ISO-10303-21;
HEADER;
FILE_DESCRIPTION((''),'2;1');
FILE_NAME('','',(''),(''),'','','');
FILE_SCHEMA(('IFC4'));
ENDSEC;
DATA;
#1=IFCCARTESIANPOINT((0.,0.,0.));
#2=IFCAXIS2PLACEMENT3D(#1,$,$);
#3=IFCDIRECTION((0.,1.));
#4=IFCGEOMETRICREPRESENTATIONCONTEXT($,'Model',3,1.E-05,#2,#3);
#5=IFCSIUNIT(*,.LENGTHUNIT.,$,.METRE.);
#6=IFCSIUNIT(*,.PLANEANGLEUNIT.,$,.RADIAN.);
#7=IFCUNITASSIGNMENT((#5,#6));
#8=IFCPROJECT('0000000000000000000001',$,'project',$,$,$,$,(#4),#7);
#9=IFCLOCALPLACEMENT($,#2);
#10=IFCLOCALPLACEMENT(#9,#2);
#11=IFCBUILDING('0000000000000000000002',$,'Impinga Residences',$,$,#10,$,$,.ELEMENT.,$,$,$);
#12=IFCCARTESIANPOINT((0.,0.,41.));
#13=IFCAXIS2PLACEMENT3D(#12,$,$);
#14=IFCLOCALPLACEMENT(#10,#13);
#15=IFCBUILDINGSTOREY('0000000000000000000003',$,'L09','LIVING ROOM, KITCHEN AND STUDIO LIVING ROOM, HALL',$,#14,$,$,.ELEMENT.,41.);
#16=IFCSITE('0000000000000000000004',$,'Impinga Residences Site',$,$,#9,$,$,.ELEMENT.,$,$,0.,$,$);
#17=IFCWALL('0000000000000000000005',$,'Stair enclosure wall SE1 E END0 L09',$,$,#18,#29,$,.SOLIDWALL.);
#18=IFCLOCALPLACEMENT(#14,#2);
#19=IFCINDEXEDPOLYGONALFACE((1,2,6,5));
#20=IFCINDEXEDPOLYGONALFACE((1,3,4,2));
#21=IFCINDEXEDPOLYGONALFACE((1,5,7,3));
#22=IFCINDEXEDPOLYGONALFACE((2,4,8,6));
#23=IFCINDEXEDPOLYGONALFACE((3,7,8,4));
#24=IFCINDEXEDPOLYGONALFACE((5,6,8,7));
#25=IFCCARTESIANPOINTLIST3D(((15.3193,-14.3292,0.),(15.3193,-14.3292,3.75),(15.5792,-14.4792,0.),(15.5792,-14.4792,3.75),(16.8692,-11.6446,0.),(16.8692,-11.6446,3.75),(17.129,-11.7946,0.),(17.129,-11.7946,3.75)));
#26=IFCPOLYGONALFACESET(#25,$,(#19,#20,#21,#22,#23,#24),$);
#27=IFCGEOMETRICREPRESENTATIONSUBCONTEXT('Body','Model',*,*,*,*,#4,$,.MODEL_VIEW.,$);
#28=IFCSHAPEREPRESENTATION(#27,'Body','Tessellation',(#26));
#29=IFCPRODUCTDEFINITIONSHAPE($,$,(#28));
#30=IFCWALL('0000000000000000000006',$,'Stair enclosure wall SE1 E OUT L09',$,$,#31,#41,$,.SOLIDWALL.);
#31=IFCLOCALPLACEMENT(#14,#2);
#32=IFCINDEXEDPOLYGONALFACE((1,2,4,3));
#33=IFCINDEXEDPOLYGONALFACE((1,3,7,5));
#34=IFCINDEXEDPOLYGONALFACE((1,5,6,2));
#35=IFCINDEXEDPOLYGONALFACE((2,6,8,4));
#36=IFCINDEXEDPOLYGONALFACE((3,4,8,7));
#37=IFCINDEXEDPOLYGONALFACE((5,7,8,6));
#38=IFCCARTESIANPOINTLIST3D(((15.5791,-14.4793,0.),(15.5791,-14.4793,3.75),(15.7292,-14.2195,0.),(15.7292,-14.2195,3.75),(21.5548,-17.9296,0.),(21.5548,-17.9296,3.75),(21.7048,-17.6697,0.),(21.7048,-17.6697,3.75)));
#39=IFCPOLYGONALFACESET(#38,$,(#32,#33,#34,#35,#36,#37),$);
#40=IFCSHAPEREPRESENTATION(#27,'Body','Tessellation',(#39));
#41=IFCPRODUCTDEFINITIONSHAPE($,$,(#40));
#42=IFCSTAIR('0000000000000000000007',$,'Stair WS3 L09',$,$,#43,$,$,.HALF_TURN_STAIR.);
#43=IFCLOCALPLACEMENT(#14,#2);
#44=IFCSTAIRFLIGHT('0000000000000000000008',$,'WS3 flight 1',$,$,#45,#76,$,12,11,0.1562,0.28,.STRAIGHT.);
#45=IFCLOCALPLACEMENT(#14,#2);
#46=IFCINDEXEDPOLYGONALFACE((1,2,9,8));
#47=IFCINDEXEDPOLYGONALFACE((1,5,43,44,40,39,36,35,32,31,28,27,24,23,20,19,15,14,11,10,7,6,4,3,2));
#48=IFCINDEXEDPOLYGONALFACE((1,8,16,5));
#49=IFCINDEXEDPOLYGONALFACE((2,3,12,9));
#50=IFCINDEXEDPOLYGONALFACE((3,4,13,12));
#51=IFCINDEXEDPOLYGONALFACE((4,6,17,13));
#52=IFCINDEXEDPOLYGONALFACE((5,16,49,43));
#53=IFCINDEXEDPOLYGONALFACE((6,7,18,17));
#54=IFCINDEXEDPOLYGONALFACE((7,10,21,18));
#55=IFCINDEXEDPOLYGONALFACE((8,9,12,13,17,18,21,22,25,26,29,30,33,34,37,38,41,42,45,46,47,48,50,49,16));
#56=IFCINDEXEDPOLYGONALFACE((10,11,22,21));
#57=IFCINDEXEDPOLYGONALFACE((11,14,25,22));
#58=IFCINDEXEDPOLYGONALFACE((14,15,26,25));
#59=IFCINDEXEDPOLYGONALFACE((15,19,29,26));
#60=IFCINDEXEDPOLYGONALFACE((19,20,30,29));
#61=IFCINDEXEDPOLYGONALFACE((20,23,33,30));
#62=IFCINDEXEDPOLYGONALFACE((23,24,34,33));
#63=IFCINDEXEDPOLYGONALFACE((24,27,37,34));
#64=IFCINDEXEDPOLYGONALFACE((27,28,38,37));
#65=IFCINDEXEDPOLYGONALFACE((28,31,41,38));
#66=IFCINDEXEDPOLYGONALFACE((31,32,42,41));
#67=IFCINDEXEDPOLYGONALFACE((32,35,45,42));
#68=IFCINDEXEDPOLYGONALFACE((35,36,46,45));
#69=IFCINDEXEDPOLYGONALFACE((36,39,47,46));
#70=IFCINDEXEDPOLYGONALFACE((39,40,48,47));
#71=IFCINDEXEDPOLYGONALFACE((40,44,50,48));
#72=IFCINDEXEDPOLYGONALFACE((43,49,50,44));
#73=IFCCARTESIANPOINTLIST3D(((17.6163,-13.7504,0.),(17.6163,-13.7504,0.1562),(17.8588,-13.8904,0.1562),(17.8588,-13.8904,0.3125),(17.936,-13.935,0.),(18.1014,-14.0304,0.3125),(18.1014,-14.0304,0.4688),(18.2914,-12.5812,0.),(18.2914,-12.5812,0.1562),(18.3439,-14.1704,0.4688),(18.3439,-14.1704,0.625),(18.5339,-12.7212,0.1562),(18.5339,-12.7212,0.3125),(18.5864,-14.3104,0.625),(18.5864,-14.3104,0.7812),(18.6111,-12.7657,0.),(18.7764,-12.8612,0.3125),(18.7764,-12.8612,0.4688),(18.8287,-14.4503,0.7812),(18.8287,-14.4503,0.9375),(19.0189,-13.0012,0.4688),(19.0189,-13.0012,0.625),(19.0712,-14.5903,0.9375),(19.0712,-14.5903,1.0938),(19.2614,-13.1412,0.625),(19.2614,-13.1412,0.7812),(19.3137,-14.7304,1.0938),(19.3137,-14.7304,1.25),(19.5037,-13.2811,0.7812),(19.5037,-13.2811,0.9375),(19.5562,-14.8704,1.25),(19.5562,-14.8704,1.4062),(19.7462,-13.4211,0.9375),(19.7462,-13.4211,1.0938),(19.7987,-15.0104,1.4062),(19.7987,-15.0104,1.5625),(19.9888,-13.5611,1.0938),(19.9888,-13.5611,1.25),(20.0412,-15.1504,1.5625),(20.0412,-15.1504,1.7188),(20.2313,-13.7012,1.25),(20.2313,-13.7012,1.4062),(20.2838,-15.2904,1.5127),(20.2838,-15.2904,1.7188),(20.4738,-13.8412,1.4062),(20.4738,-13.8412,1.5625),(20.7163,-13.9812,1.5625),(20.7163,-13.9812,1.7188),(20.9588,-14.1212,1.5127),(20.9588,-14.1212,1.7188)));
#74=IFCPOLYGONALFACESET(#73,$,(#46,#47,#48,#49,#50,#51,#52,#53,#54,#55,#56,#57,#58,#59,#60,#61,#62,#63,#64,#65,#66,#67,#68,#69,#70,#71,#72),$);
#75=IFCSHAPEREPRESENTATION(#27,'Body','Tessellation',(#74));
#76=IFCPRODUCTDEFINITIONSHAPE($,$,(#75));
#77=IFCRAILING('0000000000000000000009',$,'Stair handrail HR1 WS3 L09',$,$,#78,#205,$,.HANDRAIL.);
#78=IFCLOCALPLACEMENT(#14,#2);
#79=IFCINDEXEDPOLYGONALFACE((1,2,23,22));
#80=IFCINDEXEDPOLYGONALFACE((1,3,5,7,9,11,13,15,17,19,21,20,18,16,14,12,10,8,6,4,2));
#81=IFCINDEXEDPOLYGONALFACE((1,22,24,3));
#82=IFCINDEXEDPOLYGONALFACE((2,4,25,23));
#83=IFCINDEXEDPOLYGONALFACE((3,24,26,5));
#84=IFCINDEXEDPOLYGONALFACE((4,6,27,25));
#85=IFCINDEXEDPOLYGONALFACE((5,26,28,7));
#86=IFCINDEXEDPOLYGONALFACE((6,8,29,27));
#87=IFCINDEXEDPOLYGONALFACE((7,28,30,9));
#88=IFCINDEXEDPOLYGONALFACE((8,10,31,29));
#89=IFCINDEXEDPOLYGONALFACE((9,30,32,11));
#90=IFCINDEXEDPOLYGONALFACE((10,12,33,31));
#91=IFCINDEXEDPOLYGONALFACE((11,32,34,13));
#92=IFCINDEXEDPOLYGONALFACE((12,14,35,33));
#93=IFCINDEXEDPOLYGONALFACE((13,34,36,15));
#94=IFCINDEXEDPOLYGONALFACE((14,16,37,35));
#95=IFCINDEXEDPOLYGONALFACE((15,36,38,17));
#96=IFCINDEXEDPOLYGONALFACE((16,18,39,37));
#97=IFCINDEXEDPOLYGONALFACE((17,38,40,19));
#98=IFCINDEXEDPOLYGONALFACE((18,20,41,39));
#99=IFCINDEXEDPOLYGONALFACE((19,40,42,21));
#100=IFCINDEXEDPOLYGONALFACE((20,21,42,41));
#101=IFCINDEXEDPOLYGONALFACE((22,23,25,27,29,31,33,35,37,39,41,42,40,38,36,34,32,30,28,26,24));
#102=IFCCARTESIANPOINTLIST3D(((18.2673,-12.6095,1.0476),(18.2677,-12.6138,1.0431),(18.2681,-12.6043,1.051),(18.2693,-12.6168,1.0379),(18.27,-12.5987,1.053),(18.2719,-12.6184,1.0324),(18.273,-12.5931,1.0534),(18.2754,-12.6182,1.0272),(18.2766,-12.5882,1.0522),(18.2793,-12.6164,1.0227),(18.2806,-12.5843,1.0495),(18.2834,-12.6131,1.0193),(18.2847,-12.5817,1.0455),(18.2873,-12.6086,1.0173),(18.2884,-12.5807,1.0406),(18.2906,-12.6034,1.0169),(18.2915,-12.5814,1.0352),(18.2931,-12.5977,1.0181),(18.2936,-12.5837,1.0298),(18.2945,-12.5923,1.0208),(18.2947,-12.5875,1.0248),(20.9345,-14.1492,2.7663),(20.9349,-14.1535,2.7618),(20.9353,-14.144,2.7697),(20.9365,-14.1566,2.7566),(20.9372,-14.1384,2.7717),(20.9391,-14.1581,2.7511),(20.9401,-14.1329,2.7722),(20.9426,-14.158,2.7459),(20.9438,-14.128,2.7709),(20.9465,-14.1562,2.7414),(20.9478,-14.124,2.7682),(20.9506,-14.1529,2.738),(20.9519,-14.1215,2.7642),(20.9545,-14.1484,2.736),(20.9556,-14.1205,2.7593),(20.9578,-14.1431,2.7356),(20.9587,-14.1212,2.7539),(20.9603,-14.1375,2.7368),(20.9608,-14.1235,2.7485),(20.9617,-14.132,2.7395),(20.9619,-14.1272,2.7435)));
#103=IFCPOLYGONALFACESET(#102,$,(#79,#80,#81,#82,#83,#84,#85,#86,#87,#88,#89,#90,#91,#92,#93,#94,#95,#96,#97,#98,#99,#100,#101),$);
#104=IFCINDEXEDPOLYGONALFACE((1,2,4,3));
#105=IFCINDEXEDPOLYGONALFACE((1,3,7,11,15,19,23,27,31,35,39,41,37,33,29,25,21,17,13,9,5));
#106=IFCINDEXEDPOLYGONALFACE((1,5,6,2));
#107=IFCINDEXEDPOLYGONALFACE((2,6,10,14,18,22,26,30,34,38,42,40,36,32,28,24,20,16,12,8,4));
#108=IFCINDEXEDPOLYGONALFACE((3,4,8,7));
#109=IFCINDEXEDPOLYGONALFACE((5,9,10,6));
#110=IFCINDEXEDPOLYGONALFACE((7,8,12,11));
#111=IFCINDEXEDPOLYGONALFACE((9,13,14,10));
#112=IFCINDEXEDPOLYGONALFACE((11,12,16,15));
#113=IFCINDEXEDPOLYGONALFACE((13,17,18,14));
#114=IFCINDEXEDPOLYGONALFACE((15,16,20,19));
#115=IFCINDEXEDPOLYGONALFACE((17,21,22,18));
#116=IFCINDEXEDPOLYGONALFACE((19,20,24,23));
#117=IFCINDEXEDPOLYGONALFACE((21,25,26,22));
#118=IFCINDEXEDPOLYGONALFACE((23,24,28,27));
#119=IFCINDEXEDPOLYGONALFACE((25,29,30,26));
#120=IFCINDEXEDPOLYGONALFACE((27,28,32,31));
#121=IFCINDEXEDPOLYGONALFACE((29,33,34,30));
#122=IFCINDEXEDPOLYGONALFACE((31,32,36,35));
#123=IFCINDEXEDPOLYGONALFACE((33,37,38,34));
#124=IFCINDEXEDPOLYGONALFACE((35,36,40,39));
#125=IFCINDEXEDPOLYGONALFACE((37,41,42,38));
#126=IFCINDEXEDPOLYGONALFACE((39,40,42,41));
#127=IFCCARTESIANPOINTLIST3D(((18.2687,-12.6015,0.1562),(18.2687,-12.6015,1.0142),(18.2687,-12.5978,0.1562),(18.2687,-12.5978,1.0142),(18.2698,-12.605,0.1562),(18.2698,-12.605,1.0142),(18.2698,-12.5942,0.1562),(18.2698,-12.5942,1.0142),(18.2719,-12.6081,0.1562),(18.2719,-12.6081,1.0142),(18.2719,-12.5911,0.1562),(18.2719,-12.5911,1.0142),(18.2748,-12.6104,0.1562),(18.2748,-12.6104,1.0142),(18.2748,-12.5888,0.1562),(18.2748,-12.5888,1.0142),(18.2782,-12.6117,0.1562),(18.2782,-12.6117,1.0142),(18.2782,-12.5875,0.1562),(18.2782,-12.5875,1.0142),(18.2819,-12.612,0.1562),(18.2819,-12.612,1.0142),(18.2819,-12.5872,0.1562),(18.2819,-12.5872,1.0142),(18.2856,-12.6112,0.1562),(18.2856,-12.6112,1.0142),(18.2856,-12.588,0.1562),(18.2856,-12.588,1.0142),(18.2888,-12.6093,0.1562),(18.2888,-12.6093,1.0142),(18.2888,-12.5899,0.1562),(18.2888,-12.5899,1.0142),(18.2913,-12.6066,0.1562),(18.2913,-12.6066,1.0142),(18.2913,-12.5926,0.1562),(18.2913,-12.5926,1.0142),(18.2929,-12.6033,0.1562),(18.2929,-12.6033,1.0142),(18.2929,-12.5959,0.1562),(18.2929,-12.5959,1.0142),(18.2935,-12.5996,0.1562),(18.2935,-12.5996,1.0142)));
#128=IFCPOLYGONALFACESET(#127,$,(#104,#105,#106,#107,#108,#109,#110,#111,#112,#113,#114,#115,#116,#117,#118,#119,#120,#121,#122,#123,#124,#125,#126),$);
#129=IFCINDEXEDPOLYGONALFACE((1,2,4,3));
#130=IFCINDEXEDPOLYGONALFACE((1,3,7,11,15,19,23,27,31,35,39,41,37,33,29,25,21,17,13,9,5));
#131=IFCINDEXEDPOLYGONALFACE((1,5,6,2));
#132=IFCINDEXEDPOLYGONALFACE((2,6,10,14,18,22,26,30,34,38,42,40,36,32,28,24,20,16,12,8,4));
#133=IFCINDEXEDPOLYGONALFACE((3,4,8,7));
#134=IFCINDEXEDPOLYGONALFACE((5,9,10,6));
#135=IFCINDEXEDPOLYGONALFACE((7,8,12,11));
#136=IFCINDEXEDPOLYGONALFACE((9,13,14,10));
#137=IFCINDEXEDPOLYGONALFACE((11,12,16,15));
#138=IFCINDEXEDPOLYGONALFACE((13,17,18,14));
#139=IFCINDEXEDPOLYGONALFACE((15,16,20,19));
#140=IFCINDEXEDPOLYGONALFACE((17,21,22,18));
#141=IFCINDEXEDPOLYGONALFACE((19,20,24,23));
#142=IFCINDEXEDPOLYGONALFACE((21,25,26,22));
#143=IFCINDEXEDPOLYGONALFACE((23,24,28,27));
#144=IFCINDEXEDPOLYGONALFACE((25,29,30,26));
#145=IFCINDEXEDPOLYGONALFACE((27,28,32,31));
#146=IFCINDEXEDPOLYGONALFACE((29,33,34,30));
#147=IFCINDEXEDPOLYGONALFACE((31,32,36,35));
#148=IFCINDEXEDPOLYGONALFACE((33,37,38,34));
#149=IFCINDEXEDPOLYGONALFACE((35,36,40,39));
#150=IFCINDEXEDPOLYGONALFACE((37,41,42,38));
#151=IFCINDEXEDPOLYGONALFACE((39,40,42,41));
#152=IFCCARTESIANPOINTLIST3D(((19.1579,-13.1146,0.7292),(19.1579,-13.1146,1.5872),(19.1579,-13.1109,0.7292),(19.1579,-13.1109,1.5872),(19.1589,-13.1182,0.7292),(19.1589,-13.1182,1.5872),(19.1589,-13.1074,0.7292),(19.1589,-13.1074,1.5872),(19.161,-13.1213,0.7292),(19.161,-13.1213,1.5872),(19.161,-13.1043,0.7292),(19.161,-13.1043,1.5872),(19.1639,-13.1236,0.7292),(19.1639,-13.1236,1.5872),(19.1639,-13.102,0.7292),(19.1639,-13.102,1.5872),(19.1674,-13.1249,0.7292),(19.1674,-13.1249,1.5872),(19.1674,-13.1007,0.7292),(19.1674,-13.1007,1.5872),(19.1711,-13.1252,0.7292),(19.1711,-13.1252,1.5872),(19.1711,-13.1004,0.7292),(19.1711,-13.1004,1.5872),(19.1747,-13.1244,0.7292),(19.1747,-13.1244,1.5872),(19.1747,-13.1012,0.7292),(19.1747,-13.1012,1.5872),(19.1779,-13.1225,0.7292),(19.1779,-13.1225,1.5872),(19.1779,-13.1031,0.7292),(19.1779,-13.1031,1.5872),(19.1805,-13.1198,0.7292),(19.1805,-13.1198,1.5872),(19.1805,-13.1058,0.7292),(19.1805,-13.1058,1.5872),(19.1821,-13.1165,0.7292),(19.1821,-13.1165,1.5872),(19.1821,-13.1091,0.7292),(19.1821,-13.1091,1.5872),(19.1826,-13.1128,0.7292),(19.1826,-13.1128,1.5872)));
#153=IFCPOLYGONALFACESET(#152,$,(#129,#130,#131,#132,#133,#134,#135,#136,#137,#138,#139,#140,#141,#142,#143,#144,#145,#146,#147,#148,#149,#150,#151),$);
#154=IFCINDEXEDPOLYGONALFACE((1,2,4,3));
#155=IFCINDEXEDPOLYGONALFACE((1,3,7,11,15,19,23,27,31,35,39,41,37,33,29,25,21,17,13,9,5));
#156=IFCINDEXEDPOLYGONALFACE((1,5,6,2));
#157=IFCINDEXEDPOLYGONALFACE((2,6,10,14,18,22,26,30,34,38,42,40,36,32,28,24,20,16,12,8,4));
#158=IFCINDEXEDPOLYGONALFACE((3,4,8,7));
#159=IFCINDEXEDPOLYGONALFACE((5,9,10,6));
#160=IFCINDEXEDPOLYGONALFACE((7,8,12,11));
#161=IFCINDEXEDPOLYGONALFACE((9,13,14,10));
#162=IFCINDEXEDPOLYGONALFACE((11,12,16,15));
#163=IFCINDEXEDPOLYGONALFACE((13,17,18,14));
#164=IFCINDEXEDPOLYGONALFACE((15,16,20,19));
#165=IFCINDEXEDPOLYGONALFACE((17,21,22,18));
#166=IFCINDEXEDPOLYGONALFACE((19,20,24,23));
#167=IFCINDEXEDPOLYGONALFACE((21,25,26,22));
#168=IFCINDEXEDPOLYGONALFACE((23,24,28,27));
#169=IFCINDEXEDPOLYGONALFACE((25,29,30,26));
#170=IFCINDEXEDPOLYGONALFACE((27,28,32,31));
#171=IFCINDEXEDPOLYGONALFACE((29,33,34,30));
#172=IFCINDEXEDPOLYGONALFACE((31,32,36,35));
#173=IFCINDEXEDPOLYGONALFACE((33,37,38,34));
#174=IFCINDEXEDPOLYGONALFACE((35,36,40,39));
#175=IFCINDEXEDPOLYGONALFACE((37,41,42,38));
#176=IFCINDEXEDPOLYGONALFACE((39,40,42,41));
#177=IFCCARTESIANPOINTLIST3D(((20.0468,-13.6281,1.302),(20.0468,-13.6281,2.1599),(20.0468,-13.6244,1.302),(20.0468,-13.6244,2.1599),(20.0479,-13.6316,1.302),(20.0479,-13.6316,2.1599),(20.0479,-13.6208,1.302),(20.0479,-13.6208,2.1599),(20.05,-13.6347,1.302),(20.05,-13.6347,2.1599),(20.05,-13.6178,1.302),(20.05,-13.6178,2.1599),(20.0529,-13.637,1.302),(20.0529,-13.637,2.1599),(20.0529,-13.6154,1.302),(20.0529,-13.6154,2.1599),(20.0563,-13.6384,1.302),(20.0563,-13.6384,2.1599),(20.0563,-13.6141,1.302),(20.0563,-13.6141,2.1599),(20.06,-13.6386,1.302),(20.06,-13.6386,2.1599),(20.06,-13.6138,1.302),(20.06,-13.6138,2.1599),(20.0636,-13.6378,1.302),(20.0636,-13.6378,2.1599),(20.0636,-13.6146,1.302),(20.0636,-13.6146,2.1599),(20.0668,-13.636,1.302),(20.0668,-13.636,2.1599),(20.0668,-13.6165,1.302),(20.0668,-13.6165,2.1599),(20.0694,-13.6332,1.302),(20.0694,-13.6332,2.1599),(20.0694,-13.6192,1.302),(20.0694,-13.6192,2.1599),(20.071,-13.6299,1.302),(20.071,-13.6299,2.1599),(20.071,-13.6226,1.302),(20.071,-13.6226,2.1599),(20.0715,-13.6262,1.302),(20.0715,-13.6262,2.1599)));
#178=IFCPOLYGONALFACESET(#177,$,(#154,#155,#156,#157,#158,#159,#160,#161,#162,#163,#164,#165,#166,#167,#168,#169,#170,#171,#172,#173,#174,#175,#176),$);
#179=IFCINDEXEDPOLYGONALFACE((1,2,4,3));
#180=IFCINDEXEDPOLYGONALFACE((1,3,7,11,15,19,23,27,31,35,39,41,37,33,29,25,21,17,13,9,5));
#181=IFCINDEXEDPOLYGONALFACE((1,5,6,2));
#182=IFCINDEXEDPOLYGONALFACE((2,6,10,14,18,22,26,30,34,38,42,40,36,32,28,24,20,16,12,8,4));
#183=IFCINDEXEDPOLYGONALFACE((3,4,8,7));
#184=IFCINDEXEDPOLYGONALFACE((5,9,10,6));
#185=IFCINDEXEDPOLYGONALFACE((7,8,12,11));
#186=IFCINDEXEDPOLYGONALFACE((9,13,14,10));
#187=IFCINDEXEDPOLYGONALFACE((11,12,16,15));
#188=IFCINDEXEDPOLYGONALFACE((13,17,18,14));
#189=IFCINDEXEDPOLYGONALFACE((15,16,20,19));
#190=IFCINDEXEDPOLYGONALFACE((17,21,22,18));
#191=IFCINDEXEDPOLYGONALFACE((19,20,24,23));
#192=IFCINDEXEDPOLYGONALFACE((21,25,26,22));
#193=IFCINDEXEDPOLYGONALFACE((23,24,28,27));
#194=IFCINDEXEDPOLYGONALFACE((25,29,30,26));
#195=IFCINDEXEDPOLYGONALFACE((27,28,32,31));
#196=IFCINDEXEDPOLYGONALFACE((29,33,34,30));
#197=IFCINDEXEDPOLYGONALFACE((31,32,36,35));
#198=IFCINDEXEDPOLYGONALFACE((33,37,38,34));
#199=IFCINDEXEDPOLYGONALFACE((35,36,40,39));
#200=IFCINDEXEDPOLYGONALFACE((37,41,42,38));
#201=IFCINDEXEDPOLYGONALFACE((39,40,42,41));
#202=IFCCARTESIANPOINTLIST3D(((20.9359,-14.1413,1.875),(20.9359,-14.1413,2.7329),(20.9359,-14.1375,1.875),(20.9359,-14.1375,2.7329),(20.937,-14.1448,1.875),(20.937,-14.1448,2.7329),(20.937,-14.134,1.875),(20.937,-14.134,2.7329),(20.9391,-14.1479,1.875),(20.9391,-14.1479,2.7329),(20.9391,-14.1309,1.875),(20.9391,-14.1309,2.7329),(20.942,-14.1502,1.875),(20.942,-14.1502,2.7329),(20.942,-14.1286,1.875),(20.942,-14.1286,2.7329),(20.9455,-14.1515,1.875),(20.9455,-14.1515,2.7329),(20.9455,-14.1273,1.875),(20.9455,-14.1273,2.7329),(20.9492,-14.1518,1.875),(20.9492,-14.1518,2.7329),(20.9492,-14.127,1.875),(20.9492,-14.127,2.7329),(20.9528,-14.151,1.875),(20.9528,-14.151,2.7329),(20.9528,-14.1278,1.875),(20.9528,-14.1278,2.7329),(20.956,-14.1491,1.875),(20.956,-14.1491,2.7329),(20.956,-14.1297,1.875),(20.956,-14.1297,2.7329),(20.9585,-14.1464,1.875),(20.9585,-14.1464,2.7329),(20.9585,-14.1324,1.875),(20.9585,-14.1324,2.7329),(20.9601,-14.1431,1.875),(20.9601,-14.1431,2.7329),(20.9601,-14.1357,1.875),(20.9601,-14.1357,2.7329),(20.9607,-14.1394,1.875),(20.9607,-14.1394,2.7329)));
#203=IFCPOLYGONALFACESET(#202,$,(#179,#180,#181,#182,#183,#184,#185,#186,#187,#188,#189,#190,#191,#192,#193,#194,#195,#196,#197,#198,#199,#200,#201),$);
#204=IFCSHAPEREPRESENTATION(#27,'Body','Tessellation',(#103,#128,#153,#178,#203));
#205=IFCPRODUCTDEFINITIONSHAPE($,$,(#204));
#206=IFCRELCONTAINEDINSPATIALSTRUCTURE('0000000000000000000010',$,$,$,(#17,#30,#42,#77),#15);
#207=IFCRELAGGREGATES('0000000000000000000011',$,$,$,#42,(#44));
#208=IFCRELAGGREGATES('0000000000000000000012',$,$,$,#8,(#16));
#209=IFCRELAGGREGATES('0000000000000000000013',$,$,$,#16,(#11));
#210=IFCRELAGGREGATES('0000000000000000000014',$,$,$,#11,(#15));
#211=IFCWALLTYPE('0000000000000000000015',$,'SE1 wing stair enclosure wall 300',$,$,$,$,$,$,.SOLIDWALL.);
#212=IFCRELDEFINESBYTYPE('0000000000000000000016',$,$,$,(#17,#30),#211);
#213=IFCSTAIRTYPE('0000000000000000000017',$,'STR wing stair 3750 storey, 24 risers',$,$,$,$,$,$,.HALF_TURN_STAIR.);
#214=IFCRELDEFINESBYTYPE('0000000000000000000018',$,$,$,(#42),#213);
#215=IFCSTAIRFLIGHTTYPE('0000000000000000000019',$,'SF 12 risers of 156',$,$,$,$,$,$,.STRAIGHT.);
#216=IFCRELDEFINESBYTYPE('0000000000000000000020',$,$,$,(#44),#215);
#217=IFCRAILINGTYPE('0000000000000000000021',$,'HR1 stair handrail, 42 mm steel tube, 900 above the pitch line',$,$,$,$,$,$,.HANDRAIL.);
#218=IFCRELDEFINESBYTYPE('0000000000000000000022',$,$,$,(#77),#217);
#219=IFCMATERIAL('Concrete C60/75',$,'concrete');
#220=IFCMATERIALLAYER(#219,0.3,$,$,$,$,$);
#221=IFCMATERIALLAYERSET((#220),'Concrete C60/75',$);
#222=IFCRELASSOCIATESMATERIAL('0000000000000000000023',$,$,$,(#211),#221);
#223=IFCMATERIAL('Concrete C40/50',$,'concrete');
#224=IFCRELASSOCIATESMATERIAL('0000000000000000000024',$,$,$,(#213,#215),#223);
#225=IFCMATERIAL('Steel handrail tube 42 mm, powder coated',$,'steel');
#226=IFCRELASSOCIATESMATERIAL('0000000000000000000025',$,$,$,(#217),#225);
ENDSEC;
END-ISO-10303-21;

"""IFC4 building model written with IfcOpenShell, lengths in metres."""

from ifc_helpers import new_model, si_unit, direction, frame, frame_2d, origin, origin_2d, place, context, subcontext, project, spatial, polyline, rectangle, circle, outline, extrude, material, layer, layer_set, type_object, element, aggregate, save


model = new_model("IFC4")

# Units and contexts
model_context = context("Model", 3, precision=1e-05, world=origin(), true_north=direction((0.0, 1.0)))
body_context = subcontext(model_context, "Body", "Model", "MODEL_VIEW")
ifc_project = project(units=[si_unit("LENGTHUNIT", "METRE"), si_unit("PLANEANGLEUNIT", "RADIAN")], contexts=[model_context])

# Site, building, storey
site_placement = place(None, origin())
site = spatial("IfcSite", under=ifc_project, at=site_placement, Name="Impinga Residences Site", CompositionType="ELEMENT", RefElevation=0.0)
building_placement = place(site_placement, origin())
building = spatial("IfcBuilding", under=site, at=building_placement, Name="Impinga Residences", CompositionType="ELEMENT")
storey_placement = place(building_placement, frame((0.0, 0.0, 41.0)))
storey = spatial("IfcBuildingStorey", under=building, at=storey_placement, Name="L09", Description="LIVING ROOM, KITCHEN AND STUDIO LIVING ROOM, HALL", CompositionType="ELEMENT", Elevation=41.0)

# Shared definitions
ifc_material_1 = material(Name="Concrete C60/75", Category="concrete")

# Walls
ifc_layer_1 = layer(ifc_material_1, 0.3)
ifc_layer_set_1 = layer_set([ifc_layer_1], Name="Concrete C60/75")
wall_type_1 = type_object("IfcWallType", Name="SE1 wing stair enclosure wall 300", PredefinedType="SOLIDWALL", material=ifc_layer_set_1)
wall_1_placement = place(storey_placement, frame((16.999, -11.7197, 0.0), z_axis=(0.0, 0.0, 1.0), x_axis=(-0.499968, -0.866044, 0.0)))
element("IfcWall", 1, at=wall_1_placement, inside=storey, type_object=wall_type_1, Name="Stair enclosure wall SE1 E END0 L09", PredefinedType="SOLIDWALL", context=body_context, shape_type="SweptSolid", body=[
    extrude(rectangle(XDim=3.0999, YDim=0.3, at=frame_2d((1.5498, 0.0))), origin(), (0.0, 0.0, 1.0), 3.75),
])
wall_2_placement = place(storey_placement, frame((15.6541, -14.3494, 0.0), z_axis=(0.0, 0.0, 1.0), x_axis=(0.866014, -0.500021, 0.0)))
element("IfcWall", 2, at=wall_2_placement, inside=storey, type_object=wall_type_1, Name="Stair enclosure wall SE1 E OUT L09", PredefinedType="SOLIDWALL", context=body_context, shape_type="SweptSolid", body=[
    extrude(rectangle(XDim=6.9001, YDim=0.3, at=frame_2d((3.4502, 0.0))), origin(), (0.0, 0.0, 1.0), 3.75),
])

# Stair, stair flight
ifc_material_2 = material(Name="Concrete C40/50", Category="concrete")
stair_type = type_object("IfcStairType", Name="STR wing stair 3750 storey, 24 risers", PredefinedType="HALF_TURN_STAIR", material=ifc_material_2)
stair_placement = place(storey_placement, origin())
stair = element("IfcStair", 3, at=stair_placement, inside=storey, type_object=stair_type, Name="Stair WS3 L09", PredefinedType="HALF_TURN_STAIR")
stair_flight_type = type_object("IfcStairFlightType", Name="SF 12 risers of 156", PredefinedType="STRAIGHT", material=ifc_material_2)
stair_flight_placement = place(storey_placement, frame((17.9539, -13.1658, 0.0), z_axis=(0.0, 0.0, 1.0), x_axis=(0.866025, -0.5, 0.0)))
stair_flight = element("IfcStairFlight", 4, at=stair_flight_placement, type_object=stair_flight_type, Name="WS3 flight 1", NumberOfRisers=12, NumberOfTreads=11, PredefinedType="STRAIGHT", RiserHeight=0.1562, TreadLength=0.28, context=body_context, shape_type="SweptSolid", body=[
    extrude(outline(polyline([(0.0, 0.0), (0.0, 0.1562), (0.28, 0.1562), (0.28, 0.3125), (0.5601, 0.3125), (0.5601, 0.4688), (0.8401, 0.4688), (0.8401, 0.625), (1.1201, 0.625), (1.1201, 0.7812), (1.3999, 0.7812), (1.3999, 0.9375), (1.6799, 0.9375), (1.6799, 1.0938), (1.96, 1.0938), (1.96, 1.25), (2.24, 1.25), (2.24, 1.4062), (2.52, 1.4062), (2.52, 1.5625), (2.8, 1.5625), (2.8, 1.7188), (3.0801, 1.7188), (3.0801, 1.875), (3.0801, 1.5127), (0.3691, 0.0), (0.0, 0.0)])), frame((0.0, 0.675, 0.0), z_axis=(0.0, -1.0, 0.0), x_axis=(1.0, 0.0, 0.0)), (0.0, 0.0, 1.0), 1.3501),
])
aggregate(stair, [stair_flight])

# Railing
ifc_material_3 = material(Name="Steel handrail tube 42 mm, powder coated", Category="steel")
railing_type = type_object("IfcRailingType", Name="HR1 stair handrail, 42 mm steel tube, 900 above the pitch line", PredefinedType="HANDRAIL", material=ifc_material_3)
railing_placement = place(storey_placement, frame((18.281, -12.5996, 0.1562)))
element("IfcRailing", 5, at=railing_placement, inside=storey, type_object=railing_type, Name="Stair handrail HR1 WS3 L09", PredefinedType="HANDRAIL", context=body_context, shape_type="SweptSolid", body=[
    extrude(circle(Radius=0.021, at=origin_2d()), frame((0.0, 0.0, 0.8789), z_axis=(0.756249, -0.436582, 0.487322), x_axis=(0.499967, 0.866044, 0.0)), (0.0, 0.0, 1.0), 3.5269),
    extrude(circle(Radius=0.0125, at=origin_2d()), origin(), (0.0, 0.0, 1.0), 0.8579),
    extrude(circle(Radius=0.0125, at=origin_2d()), frame((0.8892, -0.5132, 0.573)), (0.0, 0.0, 1.0), 0.8579),
    extrude(circle(Radius=0.0125, at=origin_2d()), frame((1.7781, -1.0266, 1.1458)), (0.0, 0.0, 1.0), 0.8579),
    extrude(circle(Radius=0.0125, at=origin_2d()), frame((2.6672, -1.5398, 1.7188)), (0.0, 0.0, 1.0), 0.8579),
])

save(model, "model.ifc")
